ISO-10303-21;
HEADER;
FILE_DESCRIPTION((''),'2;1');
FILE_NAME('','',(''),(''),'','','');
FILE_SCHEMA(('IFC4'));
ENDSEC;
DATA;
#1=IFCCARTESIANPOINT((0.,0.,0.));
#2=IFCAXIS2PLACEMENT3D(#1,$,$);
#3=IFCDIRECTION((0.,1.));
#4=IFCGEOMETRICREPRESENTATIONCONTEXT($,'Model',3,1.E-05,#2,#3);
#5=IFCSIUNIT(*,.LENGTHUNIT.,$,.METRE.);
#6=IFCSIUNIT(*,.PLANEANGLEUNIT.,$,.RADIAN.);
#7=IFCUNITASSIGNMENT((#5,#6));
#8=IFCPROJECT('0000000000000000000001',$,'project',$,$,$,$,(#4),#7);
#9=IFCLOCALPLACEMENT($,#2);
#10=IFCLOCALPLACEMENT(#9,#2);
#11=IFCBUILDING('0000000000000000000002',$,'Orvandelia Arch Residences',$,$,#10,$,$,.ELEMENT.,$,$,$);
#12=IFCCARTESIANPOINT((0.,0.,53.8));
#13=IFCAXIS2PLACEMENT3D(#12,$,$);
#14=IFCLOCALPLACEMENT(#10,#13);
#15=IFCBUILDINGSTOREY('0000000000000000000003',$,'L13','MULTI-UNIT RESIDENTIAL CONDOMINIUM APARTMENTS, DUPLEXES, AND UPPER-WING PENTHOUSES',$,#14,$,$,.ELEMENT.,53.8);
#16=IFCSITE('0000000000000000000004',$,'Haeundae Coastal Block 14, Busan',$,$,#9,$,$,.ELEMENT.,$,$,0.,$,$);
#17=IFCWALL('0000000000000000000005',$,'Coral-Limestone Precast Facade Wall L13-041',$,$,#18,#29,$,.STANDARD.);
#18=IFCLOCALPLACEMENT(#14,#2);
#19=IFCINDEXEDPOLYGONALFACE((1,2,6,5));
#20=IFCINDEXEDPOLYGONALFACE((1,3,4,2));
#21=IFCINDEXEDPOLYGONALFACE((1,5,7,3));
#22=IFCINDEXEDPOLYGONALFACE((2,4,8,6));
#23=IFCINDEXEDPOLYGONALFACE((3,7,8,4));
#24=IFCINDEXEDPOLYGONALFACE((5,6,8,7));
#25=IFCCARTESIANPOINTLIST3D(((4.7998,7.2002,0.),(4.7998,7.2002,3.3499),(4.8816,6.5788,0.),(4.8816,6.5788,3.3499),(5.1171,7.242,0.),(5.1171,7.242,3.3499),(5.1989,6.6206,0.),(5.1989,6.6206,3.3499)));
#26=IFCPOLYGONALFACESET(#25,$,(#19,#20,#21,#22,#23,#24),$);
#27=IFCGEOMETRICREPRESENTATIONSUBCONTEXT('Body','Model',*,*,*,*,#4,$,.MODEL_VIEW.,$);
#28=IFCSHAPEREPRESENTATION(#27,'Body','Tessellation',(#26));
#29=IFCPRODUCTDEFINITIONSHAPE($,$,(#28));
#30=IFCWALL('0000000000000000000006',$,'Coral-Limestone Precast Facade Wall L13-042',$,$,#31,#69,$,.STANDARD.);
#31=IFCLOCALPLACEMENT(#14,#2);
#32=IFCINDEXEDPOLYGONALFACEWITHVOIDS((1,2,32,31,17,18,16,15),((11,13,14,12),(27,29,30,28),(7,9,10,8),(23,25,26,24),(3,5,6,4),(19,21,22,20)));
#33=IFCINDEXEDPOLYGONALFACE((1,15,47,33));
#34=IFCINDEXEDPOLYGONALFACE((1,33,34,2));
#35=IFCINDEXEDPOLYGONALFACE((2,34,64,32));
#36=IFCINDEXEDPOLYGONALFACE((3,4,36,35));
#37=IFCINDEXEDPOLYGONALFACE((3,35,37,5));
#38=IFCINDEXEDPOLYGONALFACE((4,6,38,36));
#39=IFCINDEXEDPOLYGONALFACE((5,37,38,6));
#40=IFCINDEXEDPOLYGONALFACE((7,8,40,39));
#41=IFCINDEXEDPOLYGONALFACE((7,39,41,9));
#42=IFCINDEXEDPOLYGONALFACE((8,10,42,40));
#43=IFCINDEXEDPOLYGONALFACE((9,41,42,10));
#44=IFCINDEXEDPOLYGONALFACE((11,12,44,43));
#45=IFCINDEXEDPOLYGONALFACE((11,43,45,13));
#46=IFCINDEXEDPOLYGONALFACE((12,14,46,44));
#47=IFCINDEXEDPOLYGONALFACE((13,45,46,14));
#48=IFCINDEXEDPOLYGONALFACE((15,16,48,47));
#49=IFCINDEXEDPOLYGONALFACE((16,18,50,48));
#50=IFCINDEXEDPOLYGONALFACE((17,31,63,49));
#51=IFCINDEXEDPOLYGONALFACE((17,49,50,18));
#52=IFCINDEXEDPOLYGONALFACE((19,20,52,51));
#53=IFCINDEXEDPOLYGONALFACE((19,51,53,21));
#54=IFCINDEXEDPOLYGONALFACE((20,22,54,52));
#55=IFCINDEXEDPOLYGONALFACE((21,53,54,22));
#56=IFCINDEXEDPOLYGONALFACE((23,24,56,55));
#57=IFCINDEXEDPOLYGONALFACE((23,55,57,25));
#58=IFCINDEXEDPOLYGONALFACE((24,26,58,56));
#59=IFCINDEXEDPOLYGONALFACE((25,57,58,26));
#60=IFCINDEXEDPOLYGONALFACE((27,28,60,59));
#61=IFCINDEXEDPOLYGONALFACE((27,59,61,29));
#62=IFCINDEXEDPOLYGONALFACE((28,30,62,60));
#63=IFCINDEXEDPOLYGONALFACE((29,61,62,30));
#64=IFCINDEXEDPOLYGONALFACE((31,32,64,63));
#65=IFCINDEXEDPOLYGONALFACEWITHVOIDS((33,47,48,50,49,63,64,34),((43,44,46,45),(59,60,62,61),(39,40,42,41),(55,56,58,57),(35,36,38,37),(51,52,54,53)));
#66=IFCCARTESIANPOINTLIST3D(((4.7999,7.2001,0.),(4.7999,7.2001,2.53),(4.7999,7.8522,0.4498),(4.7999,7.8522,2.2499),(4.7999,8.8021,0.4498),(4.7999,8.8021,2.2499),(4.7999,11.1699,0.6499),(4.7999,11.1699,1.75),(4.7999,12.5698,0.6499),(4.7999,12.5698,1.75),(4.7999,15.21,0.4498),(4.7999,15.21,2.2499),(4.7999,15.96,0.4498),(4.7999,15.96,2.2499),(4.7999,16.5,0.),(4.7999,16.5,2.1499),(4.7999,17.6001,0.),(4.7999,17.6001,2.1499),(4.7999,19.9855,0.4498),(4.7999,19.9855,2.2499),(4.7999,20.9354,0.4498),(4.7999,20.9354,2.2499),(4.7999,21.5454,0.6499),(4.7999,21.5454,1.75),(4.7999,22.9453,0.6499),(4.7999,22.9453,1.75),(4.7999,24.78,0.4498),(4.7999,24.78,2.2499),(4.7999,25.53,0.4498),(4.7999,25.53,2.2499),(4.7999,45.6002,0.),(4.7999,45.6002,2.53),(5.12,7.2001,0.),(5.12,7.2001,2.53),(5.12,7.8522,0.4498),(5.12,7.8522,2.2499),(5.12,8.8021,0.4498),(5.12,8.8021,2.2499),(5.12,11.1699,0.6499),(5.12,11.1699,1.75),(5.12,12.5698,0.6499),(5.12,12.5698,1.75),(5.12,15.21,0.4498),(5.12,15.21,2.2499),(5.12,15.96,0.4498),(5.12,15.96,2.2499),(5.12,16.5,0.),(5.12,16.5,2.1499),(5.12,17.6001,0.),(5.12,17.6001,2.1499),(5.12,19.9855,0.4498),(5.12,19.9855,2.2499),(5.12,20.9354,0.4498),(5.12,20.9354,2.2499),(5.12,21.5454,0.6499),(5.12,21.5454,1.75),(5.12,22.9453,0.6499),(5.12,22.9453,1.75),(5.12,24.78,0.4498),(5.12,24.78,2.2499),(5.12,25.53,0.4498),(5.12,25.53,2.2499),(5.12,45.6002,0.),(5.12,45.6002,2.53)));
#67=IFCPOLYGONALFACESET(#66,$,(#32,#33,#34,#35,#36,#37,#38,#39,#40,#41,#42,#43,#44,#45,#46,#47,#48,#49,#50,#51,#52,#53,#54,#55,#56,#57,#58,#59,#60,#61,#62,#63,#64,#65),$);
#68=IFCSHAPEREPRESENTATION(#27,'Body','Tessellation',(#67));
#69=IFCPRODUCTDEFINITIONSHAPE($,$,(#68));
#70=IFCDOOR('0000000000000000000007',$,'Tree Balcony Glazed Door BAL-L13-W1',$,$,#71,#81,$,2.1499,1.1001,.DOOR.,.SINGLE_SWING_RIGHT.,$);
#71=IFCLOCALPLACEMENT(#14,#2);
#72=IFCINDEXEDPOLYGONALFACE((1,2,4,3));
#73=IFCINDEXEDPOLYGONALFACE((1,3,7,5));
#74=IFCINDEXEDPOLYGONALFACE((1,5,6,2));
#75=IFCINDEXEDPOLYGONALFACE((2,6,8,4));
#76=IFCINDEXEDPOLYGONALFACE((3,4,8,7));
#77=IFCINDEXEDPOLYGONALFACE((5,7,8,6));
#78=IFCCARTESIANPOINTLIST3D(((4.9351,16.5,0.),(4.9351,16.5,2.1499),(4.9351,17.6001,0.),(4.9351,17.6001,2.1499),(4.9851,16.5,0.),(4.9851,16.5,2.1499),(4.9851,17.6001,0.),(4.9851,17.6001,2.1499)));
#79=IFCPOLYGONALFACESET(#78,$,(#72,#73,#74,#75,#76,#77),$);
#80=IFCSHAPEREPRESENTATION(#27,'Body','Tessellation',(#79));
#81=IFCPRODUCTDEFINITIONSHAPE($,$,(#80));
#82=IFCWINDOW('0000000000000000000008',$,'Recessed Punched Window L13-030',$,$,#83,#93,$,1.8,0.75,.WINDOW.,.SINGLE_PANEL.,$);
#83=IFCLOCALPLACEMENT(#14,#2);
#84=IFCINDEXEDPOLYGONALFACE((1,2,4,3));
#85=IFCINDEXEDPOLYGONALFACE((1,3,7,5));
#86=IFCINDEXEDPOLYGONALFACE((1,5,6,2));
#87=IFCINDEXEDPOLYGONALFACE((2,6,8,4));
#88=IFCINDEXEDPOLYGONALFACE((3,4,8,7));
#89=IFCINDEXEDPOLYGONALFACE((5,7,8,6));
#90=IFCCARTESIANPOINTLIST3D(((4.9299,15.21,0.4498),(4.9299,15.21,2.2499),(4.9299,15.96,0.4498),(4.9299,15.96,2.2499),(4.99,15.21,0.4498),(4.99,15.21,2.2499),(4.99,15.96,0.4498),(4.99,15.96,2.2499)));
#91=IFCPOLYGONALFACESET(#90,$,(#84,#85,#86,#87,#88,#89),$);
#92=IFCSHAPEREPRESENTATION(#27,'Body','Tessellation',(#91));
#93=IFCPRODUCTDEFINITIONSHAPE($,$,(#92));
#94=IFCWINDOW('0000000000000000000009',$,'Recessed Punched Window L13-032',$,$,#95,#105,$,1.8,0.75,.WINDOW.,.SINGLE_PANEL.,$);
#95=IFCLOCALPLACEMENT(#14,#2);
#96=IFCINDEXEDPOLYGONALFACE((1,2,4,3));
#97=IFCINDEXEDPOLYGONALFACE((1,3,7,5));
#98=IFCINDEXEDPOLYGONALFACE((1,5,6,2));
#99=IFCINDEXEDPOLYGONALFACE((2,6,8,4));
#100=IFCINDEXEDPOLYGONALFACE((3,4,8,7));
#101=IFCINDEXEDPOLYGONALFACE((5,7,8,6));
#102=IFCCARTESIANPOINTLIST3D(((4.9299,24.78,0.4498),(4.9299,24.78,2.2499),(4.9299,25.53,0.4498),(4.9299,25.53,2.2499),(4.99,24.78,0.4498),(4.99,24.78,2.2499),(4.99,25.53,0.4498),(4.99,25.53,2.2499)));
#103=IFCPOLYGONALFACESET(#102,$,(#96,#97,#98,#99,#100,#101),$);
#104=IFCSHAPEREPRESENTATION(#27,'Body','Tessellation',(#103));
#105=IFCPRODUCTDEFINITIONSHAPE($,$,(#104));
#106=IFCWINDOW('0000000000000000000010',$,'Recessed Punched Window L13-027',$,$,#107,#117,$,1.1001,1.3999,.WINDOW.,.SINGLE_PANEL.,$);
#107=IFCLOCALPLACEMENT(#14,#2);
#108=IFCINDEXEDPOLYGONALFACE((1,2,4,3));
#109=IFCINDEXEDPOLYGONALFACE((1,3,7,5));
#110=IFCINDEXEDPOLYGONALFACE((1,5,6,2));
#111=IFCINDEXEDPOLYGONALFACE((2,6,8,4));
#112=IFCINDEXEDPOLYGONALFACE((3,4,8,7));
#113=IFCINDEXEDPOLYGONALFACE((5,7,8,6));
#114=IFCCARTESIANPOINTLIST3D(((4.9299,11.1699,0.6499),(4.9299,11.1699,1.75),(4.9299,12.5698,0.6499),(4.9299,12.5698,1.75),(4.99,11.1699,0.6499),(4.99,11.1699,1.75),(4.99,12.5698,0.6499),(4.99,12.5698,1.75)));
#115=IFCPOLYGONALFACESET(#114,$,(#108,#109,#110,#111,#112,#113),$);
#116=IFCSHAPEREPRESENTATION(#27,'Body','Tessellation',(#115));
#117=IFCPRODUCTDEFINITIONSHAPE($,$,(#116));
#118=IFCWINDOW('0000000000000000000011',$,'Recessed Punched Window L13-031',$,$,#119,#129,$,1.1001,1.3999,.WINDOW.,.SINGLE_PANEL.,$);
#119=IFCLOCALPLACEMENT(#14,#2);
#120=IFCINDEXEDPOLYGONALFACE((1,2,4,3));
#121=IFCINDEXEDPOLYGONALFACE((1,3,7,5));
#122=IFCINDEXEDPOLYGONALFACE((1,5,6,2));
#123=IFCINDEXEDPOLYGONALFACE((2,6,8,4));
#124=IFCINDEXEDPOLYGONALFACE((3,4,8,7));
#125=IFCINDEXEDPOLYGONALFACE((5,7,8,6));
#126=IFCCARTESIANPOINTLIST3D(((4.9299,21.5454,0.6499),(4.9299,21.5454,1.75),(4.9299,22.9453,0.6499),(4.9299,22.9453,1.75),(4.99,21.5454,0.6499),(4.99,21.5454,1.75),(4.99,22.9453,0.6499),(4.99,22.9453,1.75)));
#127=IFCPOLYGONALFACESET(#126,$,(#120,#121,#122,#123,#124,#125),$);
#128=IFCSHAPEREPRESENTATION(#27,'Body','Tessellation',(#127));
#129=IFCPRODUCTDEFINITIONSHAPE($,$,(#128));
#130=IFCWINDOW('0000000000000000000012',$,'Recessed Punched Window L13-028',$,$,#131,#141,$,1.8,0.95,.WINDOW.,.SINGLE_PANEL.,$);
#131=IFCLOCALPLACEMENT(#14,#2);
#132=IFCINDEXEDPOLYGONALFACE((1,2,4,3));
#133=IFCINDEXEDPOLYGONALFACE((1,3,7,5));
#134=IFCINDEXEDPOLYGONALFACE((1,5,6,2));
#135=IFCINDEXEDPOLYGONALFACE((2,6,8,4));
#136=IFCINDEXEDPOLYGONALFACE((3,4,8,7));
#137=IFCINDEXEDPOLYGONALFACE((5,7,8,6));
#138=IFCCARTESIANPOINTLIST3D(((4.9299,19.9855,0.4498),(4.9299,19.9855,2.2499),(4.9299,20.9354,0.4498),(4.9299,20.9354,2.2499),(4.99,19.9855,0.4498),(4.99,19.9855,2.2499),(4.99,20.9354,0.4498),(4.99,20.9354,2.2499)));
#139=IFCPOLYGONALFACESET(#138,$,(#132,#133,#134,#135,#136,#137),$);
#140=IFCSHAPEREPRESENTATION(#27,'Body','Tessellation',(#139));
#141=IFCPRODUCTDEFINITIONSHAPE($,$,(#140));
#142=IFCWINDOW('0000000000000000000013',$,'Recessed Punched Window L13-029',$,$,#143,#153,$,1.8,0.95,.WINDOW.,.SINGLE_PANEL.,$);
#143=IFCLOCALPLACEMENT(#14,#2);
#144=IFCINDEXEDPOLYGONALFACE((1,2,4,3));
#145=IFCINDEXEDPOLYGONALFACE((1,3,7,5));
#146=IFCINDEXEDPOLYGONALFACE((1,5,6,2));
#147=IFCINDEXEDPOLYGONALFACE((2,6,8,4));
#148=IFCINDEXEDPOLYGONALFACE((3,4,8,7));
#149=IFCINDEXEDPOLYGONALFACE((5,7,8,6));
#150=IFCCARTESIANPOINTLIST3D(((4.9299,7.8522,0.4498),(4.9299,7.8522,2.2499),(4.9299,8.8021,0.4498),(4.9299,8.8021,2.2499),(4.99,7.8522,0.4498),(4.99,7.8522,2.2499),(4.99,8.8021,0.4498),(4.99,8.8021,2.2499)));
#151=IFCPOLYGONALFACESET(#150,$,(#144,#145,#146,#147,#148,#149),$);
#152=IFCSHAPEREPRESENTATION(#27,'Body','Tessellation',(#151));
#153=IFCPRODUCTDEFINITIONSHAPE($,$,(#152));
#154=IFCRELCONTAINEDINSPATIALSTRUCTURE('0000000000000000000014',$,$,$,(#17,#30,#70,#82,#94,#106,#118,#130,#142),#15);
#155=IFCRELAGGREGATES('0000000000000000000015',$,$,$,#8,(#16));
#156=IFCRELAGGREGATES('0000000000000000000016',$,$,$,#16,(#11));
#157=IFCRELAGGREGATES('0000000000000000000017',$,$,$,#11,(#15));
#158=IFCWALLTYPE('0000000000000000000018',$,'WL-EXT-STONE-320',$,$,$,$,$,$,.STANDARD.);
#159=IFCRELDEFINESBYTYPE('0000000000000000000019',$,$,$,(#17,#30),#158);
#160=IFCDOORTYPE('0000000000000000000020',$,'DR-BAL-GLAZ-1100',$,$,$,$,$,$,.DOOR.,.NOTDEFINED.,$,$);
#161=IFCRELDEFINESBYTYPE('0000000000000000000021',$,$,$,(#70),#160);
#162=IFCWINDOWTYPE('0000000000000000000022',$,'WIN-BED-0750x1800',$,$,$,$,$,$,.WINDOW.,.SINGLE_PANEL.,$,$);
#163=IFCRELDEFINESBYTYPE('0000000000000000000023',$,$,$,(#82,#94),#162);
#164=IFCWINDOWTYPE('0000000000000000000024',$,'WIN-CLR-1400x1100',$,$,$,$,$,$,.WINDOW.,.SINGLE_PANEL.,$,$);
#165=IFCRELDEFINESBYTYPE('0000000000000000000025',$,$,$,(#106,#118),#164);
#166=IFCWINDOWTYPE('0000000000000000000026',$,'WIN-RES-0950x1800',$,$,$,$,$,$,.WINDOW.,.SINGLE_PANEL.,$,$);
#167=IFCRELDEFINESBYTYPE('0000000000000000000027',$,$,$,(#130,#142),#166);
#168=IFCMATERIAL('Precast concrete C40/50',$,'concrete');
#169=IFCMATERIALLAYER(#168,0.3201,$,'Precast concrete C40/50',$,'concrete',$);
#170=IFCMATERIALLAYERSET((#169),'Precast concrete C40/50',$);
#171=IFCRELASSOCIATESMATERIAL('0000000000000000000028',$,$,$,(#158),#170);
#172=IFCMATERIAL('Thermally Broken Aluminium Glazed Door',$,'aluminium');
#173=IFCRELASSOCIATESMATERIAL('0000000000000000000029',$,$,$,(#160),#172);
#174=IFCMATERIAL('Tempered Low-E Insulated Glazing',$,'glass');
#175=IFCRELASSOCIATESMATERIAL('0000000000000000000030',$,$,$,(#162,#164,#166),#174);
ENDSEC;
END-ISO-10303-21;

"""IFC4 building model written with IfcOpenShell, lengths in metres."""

from ifc_helpers import new_model, si_unit, direction, frame, frame_2d, origin, place, context, subcontext, project, spatial, rectangle, extrude, material, layer, layer_set, type_object, element, fill, save


model = new_model("IFC4")

# Units and contexts
model_context = context("Model", 3, precision=1e-05, world=origin(), true_north=direction((0.0, 1.0)))
body_context = subcontext(model_context, "Body", "Model", "MODEL_VIEW")
ifc_project = project(units=[si_unit("LENGTHUNIT", "METRE"), si_unit("PLANEANGLEUNIT", "RADIAN")], contexts=[model_context])

# Site, building, storey
site_placement = place(None, origin())
site = spatial("IfcSite", under=ifc_project, at=site_placement, Name="Haeundae Coastal Block 14, Busan", CompositionType="ELEMENT", RefElevation=0.0)
building_placement = place(site_placement, origin())
building = spatial("IfcBuilding", under=site, at=building_placement, Name="Orvandelia Arch Residences", CompositionType="ELEMENT")
storey_placement = place(building_placement, frame((0.0, 0.0, 53.8)))
storey = spatial("IfcBuildingStorey", under=building, at=storey_placement, Name="L13", Description="MULTI-UNIT RESIDENTIAL CONDOMINIUM APARTMENTS, DUPLEXES, AND UPPER-WING PENTHOUSES", CompositionType="ELEMENT", Elevation=53.8)

# Shared definitions
ifc_material_1 = material(Name="Precast concrete C40/50", Category="concrete")

# Wall
ifc_layer_1 = layer(ifc_material_1, 0.3201, Name="Precast concrete C40/50", Category="concrete")
ifc_layer_set_1 = layer_set([ifc_layer_1], Name="Precast concrete C40/50")
wall_type_1 = type_object("IfcWallType", Name="WL-EXT-STONE-320", PredefinedType="STANDARD", material=ifc_layer_set_1)
wall_1_placement = place(storey_placement, frame((5.0403, 6.5996, 0.0), z_axis=(0.0, 0.0, 1.0), x_axis=(-0.130505, 0.991448, 0.0)))
element("IfcWall", 1, at=wall_1_placement, inside=storey, type_object=wall_type_1, Name="Coral-Limestone Precast Facade Wall L13-041", PredefinedType="STANDARD", context=body_context, shape_type="SweptSolid", body=[
    extrude(rectangle(XDim=0.6267, YDim=0.3201, at=frame_2d((0.3135, 0.0))), origin(), (0.0, 0.0, 1.0), 3.3499),
])

# Wall, openings, door, windows
wall_2_placement = place(storey_placement, frame((4.96, 7.2, 0.0), z_axis=(0.0, 0.0, 1.0), x_axis=(0.0, 1.0, 0.0)))
wall_2 = element("IfcWall", 2, at=wall_2_placement, inside=storey, type_object=wall_type_1, Name="Coral-Limestone Precast Facade Wall L13-042", PredefinedType="STANDARD", context=body_context, shape_type="SweptSolid", body=[
    extrude(rectangle(XDim=38.4001, YDim=0.3201, at=frame_2d((19.2002, 0.0))), origin(), (0.0, 0.0, 1.0), 2.53),
])
opening_1_placement = place(wall_2_placement, frame((9.3, 0.0, 0.0)))
opening_1 = element("IfcOpeningElement", 3, at=opening_1_placement, cuts=wall_2, PredefinedType="OPENING", context=body_context, shape_type="SweptSolid", body=[
    extrude(rectangle(XDim=1.1001, YDim=2.1499, at=frame_2d((0.55, 1.075))), frame((0.0, 0.1699, 0.0), z_axis=(0.0, -1.0, 0.0), x_axis=(1.0, 0.0, 0.0)), (0.0, 0.0, 1.0), 0.3401),
])
opening_2_placement = place(wall_2_placement, frame((3.97, 0.0, 0.6499)))
opening_2 = element("IfcOpeningElement", 4, at=opening_2_placement, cuts=wall_2, PredefinedType="OPENING", context=body_context, shape_type="SweptSolid", body=[
    extrude(rectangle(XDim=1.3999, YDim=1.1001, at=frame_2d((0.7, 0.55))), frame((0.0, 0.1699, 0.0), z_axis=(0.0, -1.0, 0.0), x_axis=(1.0, 0.0, 0.0)), (0.0, 0.0, 1.0), 0.3401),
])
opening_3_placement = place(wall_2_placement, frame((12.7854, 0.0, 0.45)))
opening_3 = element("IfcOpeningElement", 5, at=opening_3_placement, cuts=wall_2, PredefinedType="OPENING", context=body_context, shape_type="SweptSolid", body=[
    extrude(rectangle(XDim=0.95, YDim=1.8, at=frame_2d((0.4751, 0.8999))), frame((0.0, 0.1699, 0.0), z_axis=(0.0, -1.0, 0.0), x_axis=(1.0, 0.0, 0.0)), (0.0, 0.0, 1.0), 0.3401),
])
opening_4_placement = place(wall_2_placement, frame((0.6521, 0.0, 0.45)))
opening_4 = element("IfcOpeningElement", 6, at=opening_4_placement, cuts=wall_2, PredefinedType="OPENING", context=body_context, shape_type="SweptSolid", body=[
    extrude(rectangle(XDim=0.95, YDim=1.8, at=frame_2d((0.4751, 0.8999))), frame((0.0, 0.1699, 0.0), z_axis=(0.0, -1.0, 0.0), x_axis=(1.0, 0.0, 0.0)), (0.0, 0.0, 1.0), 0.3401),
])
opening_5_placement = place(wall_2_placement, frame((8.01, 0.0, 0.45)))
opening_5 = element("IfcOpeningElement", 7, at=opening_5_placement, cuts=wall_2, PredefinedType="OPENING", context=body_context, shape_type="SweptSolid", body=[
    extrude(rectangle(XDim=0.75, YDim=1.8, at=frame_2d((0.375, 0.8999))), frame((0.0, 0.1699, 0.0), z_axis=(0.0, -1.0, 0.0), x_axis=(1.0, 0.0, 0.0)), (0.0, 0.0, 1.0), 0.3401),
])
opening_6_placement = place(wall_2_placement, frame((14.3455, 0.0, 0.6499)))
opening_6 = element("IfcOpeningElement", 8, at=opening_6_placement, cuts=wall_2, PredefinedType="OPENING", context=body_context, shape_type="SweptSolid", body=[
    extrude(rectangle(XDim=1.3999, YDim=1.1001, at=frame_2d((0.7, 0.55))), frame((0.0, 0.1699, 0.0), z_axis=(0.0, -1.0, 0.0), x_axis=(1.0, 0.0, 0.0)), (0.0, 0.0, 1.0), 0.3401),
])
opening_7_placement = place(wall_2_placement, frame((17.5801, 0.0, 0.45)))
opening_7 = element("IfcOpeningElement", 9, at=opening_7_placement, cuts=wall_2, PredefinedType="OPENING", context=body_context, shape_type="SweptSolid", body=[
    extrude(rectangle(XDim=0.75, YDim=1.8, at=frame_2d((0.375, 0.8999))), frame((0.0, 0.1699, 0.0), z_axis=(0.0, -1.0, 0.0), x_axis=(1.0, 0.0, 0.0)), (0.0, 0.0, 1.0), 0.3401),
])
ifc_material_2 = material(Name="Thermally Broken Aluminium Glazed Door", Category="aluminium")
door_type_1 = type_object("IfcDoorType", Name="DR-BAL-GLAZ-1100", OperationType="NOTDEFINED", PredefinedType="DOOR", material=ifc_material_2)
door_1_placement = place(opening_1_placement, origin())
door_1 = element("IfcDoor", 10, at=door_1_placement, inside=storey, type_object=door_type_1, Name="Tree Balcony Glazed Door BAL-L13-W1", OperationType="SINGLE_SWING_RIGHT", OverallHeight=2.1499, OverallWidth=1.1001, PredefinedType="DOOR", context=body_context, shape_type="SweptSolid", body=[
    extrude(rectangle(XDim=1.1001, YDim=2.1499, at=frame_2d((0.55, 1.075))), frame((0.0, 0.0249, 0.0), z_axis=(0.0, -1.0, 0.0), x_axis=(1.0, 0.0, 0.0)), (0.0, 0.0, 1.0), 0.05),
])
fill(opening_1, door_1)
ifc_material_3 = material(Name="Tempered Low-E Insulated Glazing", Category="glass")
window_type_1 = type_object("IfcWindowType", Name="WIN-BED-0750x1800", PartitioningType="SINGLE_PANEL", PredefinedType="WINDOW", material=ifc_material_3)
window_1_placement = place(opening_5_placement, origin())
window_1 = element("IfcWindow", 11, at=window_1_placement, inside=storey, type_object=window_type_1, Name="Recessed Punched Window L13-030", OverallHeight=1.8, OverallWidth=0.75, PartitioningType="SINGLE_PANEL", PredefinedType="WINDOW", context=body_context, shape_type="SweptSolid", body=[
    extrude(rectangle(XDim=0.75, YDim=1.8, at=frame_2d((0.375, 0.8999))), frame((0.0, 0.03, 0.0), z_axis=(0.0, -1.0, 0.0), x_axis=(1.0, 0.0, 0.0)), (0.0, 0.0, 1.0), 0.0601),
])
fill(opening_5, window_1)
window_2_placement = place(opening_7_placement, origin())
window_2 = element("IfcWindow", 12, at=window_2_placement, inside=storey, type_object=window_type_1, Name="Recessed Punched Window L13-032", OverallHeight=1.8, OverallWidth=0.75, PartitioningType="SINGLE_PANEL", PredefinedType="WINDOW", context=body_context, shape_type="SweptSolid", body=[
    extrude(rectangle(XDim=0.75, YDim=1.8, at=frame_2d((0.375, 0.8999))), frame((0.0, 0.03, 0.0), z_axis=(0.0, -1.0, 0.0), x_axis=(1.0, 0.0, 0.0)), (0.0, 0.0, 1.0), 0.0601),
])
fill(opening_7, window_2)
window_type_2 = type_object("IfcWindowType", Name="WIN-CLR-1400x1100", PartitioningType="SINGLE_PANEL", PredefinedType="WINDOW", material=ifc_material_3)
window_3_placement = place(opening_2_placement, origin())
window_3 = element("IfcWindow", 13, at=window_3_placement, inside=storey, type_object=window_type_2, Name="Recessed Punched Window L13-027", OverallHeight=1.1001, OverallWidth=1.3999, PartitioningType="SINGLE_PANEL", PredefinedType="WINDOW", context=body_context, shape_type="SweptSolid", body=[
    extrude(rectangle(XDim=1.3999, YDim=1.1001, at=frame_2d((0.7, 0.55))), frame((0.0, 0.03, 0.0), z_axis=(0.0, -1.0, 0.0), x_axis=(1.0, 0.0, 0.0)), (0.0, 0.0, 1.0), 0.0601),
])
fill(opening_2, window_3)
window_4_placement = place(opening_6_placement, origin())
window_4 = element("IfcWindow", 14, at=window_4_placement, inside=storey, type_object=window_type_2, Name="Recessed Punched Window L13-031", OverallHeight=1.1001, OverallWidth=1.3999, PartitioningType="SINGLE_PANEL", PredefinedType="WINDOW", context=body_context, shape_type="SweptSolid", body=[
    extrude(rectangle(XDim=1.3999, YDim=1.1001, at=frame_2d((0.7, 0.55))), frame((0.0, 0.03, 0.0), z_axis=(0.0, -1.0, 0.0), x_axis=(1.0, 0.0, 0.0)), (0.0, 0.0, 1.0), 0.0601),
])
fill(opening_6, window_4)
window_type_3 = type_object("IfcWindowType", Name="WIN-RES-0950x1800", PartitioningType="SINGLE_PANEL", PredefinedType="WINDOW", material=ifc_material_3)
window_5_placement = place(opening_3_placement, origin())
window_5 = element("IfcWindow", 15, at=window_5_placement, inside=storey, type_object=window_type_3, Name="Recessed Punched Window L13-028", OverallHeight=1.8, OverallWidth=0.95, PartitioningType="SINGLE_PANEL", PredefinedType="WINDOW", context=body_context, shape_type="SweptSolid", body=[
    extrude(rectangle(XDim=0.95, YDim=1.8, at=frame_2d((0.4751, 0.8999))), frame((0.0, 0.03, 0.0), z_axis=(0.0, -1.0, 0.0), x_axis=(1.0, 0.0, 0.0)), (0.0, 0.0, 1.0), 0.0601),
])
fill(opening_3, window_5)
window_6_placement = place(opening_4_placement, origin())
window_6 = element("IfcWindow", 16, at=window_6_placement, inside=storey, type_object=window_type_3, Name="Recessed Punched Window L13-029", OverallHeight=1.8, OverallWidth=0.95, PartitioningType="SINGLE_PANEL", PredefinedType="WINDOW", context=body_context, shape_type="SweptSolid", body=[
    extrude(rectangle(XDim=0.95, YDim=1.8, at=frame_2d((0.4751, 0.8999))), frame((0.0, 0.03, 0.0), z_axis=(0.0, -1.0, 0.0), x_axis=(1.0, 0.0, 0.0)), (0.0, 0.0, 1.0), 0.0601),
])
fill(opening_4, window_6)

save(model, "model.ifc")
